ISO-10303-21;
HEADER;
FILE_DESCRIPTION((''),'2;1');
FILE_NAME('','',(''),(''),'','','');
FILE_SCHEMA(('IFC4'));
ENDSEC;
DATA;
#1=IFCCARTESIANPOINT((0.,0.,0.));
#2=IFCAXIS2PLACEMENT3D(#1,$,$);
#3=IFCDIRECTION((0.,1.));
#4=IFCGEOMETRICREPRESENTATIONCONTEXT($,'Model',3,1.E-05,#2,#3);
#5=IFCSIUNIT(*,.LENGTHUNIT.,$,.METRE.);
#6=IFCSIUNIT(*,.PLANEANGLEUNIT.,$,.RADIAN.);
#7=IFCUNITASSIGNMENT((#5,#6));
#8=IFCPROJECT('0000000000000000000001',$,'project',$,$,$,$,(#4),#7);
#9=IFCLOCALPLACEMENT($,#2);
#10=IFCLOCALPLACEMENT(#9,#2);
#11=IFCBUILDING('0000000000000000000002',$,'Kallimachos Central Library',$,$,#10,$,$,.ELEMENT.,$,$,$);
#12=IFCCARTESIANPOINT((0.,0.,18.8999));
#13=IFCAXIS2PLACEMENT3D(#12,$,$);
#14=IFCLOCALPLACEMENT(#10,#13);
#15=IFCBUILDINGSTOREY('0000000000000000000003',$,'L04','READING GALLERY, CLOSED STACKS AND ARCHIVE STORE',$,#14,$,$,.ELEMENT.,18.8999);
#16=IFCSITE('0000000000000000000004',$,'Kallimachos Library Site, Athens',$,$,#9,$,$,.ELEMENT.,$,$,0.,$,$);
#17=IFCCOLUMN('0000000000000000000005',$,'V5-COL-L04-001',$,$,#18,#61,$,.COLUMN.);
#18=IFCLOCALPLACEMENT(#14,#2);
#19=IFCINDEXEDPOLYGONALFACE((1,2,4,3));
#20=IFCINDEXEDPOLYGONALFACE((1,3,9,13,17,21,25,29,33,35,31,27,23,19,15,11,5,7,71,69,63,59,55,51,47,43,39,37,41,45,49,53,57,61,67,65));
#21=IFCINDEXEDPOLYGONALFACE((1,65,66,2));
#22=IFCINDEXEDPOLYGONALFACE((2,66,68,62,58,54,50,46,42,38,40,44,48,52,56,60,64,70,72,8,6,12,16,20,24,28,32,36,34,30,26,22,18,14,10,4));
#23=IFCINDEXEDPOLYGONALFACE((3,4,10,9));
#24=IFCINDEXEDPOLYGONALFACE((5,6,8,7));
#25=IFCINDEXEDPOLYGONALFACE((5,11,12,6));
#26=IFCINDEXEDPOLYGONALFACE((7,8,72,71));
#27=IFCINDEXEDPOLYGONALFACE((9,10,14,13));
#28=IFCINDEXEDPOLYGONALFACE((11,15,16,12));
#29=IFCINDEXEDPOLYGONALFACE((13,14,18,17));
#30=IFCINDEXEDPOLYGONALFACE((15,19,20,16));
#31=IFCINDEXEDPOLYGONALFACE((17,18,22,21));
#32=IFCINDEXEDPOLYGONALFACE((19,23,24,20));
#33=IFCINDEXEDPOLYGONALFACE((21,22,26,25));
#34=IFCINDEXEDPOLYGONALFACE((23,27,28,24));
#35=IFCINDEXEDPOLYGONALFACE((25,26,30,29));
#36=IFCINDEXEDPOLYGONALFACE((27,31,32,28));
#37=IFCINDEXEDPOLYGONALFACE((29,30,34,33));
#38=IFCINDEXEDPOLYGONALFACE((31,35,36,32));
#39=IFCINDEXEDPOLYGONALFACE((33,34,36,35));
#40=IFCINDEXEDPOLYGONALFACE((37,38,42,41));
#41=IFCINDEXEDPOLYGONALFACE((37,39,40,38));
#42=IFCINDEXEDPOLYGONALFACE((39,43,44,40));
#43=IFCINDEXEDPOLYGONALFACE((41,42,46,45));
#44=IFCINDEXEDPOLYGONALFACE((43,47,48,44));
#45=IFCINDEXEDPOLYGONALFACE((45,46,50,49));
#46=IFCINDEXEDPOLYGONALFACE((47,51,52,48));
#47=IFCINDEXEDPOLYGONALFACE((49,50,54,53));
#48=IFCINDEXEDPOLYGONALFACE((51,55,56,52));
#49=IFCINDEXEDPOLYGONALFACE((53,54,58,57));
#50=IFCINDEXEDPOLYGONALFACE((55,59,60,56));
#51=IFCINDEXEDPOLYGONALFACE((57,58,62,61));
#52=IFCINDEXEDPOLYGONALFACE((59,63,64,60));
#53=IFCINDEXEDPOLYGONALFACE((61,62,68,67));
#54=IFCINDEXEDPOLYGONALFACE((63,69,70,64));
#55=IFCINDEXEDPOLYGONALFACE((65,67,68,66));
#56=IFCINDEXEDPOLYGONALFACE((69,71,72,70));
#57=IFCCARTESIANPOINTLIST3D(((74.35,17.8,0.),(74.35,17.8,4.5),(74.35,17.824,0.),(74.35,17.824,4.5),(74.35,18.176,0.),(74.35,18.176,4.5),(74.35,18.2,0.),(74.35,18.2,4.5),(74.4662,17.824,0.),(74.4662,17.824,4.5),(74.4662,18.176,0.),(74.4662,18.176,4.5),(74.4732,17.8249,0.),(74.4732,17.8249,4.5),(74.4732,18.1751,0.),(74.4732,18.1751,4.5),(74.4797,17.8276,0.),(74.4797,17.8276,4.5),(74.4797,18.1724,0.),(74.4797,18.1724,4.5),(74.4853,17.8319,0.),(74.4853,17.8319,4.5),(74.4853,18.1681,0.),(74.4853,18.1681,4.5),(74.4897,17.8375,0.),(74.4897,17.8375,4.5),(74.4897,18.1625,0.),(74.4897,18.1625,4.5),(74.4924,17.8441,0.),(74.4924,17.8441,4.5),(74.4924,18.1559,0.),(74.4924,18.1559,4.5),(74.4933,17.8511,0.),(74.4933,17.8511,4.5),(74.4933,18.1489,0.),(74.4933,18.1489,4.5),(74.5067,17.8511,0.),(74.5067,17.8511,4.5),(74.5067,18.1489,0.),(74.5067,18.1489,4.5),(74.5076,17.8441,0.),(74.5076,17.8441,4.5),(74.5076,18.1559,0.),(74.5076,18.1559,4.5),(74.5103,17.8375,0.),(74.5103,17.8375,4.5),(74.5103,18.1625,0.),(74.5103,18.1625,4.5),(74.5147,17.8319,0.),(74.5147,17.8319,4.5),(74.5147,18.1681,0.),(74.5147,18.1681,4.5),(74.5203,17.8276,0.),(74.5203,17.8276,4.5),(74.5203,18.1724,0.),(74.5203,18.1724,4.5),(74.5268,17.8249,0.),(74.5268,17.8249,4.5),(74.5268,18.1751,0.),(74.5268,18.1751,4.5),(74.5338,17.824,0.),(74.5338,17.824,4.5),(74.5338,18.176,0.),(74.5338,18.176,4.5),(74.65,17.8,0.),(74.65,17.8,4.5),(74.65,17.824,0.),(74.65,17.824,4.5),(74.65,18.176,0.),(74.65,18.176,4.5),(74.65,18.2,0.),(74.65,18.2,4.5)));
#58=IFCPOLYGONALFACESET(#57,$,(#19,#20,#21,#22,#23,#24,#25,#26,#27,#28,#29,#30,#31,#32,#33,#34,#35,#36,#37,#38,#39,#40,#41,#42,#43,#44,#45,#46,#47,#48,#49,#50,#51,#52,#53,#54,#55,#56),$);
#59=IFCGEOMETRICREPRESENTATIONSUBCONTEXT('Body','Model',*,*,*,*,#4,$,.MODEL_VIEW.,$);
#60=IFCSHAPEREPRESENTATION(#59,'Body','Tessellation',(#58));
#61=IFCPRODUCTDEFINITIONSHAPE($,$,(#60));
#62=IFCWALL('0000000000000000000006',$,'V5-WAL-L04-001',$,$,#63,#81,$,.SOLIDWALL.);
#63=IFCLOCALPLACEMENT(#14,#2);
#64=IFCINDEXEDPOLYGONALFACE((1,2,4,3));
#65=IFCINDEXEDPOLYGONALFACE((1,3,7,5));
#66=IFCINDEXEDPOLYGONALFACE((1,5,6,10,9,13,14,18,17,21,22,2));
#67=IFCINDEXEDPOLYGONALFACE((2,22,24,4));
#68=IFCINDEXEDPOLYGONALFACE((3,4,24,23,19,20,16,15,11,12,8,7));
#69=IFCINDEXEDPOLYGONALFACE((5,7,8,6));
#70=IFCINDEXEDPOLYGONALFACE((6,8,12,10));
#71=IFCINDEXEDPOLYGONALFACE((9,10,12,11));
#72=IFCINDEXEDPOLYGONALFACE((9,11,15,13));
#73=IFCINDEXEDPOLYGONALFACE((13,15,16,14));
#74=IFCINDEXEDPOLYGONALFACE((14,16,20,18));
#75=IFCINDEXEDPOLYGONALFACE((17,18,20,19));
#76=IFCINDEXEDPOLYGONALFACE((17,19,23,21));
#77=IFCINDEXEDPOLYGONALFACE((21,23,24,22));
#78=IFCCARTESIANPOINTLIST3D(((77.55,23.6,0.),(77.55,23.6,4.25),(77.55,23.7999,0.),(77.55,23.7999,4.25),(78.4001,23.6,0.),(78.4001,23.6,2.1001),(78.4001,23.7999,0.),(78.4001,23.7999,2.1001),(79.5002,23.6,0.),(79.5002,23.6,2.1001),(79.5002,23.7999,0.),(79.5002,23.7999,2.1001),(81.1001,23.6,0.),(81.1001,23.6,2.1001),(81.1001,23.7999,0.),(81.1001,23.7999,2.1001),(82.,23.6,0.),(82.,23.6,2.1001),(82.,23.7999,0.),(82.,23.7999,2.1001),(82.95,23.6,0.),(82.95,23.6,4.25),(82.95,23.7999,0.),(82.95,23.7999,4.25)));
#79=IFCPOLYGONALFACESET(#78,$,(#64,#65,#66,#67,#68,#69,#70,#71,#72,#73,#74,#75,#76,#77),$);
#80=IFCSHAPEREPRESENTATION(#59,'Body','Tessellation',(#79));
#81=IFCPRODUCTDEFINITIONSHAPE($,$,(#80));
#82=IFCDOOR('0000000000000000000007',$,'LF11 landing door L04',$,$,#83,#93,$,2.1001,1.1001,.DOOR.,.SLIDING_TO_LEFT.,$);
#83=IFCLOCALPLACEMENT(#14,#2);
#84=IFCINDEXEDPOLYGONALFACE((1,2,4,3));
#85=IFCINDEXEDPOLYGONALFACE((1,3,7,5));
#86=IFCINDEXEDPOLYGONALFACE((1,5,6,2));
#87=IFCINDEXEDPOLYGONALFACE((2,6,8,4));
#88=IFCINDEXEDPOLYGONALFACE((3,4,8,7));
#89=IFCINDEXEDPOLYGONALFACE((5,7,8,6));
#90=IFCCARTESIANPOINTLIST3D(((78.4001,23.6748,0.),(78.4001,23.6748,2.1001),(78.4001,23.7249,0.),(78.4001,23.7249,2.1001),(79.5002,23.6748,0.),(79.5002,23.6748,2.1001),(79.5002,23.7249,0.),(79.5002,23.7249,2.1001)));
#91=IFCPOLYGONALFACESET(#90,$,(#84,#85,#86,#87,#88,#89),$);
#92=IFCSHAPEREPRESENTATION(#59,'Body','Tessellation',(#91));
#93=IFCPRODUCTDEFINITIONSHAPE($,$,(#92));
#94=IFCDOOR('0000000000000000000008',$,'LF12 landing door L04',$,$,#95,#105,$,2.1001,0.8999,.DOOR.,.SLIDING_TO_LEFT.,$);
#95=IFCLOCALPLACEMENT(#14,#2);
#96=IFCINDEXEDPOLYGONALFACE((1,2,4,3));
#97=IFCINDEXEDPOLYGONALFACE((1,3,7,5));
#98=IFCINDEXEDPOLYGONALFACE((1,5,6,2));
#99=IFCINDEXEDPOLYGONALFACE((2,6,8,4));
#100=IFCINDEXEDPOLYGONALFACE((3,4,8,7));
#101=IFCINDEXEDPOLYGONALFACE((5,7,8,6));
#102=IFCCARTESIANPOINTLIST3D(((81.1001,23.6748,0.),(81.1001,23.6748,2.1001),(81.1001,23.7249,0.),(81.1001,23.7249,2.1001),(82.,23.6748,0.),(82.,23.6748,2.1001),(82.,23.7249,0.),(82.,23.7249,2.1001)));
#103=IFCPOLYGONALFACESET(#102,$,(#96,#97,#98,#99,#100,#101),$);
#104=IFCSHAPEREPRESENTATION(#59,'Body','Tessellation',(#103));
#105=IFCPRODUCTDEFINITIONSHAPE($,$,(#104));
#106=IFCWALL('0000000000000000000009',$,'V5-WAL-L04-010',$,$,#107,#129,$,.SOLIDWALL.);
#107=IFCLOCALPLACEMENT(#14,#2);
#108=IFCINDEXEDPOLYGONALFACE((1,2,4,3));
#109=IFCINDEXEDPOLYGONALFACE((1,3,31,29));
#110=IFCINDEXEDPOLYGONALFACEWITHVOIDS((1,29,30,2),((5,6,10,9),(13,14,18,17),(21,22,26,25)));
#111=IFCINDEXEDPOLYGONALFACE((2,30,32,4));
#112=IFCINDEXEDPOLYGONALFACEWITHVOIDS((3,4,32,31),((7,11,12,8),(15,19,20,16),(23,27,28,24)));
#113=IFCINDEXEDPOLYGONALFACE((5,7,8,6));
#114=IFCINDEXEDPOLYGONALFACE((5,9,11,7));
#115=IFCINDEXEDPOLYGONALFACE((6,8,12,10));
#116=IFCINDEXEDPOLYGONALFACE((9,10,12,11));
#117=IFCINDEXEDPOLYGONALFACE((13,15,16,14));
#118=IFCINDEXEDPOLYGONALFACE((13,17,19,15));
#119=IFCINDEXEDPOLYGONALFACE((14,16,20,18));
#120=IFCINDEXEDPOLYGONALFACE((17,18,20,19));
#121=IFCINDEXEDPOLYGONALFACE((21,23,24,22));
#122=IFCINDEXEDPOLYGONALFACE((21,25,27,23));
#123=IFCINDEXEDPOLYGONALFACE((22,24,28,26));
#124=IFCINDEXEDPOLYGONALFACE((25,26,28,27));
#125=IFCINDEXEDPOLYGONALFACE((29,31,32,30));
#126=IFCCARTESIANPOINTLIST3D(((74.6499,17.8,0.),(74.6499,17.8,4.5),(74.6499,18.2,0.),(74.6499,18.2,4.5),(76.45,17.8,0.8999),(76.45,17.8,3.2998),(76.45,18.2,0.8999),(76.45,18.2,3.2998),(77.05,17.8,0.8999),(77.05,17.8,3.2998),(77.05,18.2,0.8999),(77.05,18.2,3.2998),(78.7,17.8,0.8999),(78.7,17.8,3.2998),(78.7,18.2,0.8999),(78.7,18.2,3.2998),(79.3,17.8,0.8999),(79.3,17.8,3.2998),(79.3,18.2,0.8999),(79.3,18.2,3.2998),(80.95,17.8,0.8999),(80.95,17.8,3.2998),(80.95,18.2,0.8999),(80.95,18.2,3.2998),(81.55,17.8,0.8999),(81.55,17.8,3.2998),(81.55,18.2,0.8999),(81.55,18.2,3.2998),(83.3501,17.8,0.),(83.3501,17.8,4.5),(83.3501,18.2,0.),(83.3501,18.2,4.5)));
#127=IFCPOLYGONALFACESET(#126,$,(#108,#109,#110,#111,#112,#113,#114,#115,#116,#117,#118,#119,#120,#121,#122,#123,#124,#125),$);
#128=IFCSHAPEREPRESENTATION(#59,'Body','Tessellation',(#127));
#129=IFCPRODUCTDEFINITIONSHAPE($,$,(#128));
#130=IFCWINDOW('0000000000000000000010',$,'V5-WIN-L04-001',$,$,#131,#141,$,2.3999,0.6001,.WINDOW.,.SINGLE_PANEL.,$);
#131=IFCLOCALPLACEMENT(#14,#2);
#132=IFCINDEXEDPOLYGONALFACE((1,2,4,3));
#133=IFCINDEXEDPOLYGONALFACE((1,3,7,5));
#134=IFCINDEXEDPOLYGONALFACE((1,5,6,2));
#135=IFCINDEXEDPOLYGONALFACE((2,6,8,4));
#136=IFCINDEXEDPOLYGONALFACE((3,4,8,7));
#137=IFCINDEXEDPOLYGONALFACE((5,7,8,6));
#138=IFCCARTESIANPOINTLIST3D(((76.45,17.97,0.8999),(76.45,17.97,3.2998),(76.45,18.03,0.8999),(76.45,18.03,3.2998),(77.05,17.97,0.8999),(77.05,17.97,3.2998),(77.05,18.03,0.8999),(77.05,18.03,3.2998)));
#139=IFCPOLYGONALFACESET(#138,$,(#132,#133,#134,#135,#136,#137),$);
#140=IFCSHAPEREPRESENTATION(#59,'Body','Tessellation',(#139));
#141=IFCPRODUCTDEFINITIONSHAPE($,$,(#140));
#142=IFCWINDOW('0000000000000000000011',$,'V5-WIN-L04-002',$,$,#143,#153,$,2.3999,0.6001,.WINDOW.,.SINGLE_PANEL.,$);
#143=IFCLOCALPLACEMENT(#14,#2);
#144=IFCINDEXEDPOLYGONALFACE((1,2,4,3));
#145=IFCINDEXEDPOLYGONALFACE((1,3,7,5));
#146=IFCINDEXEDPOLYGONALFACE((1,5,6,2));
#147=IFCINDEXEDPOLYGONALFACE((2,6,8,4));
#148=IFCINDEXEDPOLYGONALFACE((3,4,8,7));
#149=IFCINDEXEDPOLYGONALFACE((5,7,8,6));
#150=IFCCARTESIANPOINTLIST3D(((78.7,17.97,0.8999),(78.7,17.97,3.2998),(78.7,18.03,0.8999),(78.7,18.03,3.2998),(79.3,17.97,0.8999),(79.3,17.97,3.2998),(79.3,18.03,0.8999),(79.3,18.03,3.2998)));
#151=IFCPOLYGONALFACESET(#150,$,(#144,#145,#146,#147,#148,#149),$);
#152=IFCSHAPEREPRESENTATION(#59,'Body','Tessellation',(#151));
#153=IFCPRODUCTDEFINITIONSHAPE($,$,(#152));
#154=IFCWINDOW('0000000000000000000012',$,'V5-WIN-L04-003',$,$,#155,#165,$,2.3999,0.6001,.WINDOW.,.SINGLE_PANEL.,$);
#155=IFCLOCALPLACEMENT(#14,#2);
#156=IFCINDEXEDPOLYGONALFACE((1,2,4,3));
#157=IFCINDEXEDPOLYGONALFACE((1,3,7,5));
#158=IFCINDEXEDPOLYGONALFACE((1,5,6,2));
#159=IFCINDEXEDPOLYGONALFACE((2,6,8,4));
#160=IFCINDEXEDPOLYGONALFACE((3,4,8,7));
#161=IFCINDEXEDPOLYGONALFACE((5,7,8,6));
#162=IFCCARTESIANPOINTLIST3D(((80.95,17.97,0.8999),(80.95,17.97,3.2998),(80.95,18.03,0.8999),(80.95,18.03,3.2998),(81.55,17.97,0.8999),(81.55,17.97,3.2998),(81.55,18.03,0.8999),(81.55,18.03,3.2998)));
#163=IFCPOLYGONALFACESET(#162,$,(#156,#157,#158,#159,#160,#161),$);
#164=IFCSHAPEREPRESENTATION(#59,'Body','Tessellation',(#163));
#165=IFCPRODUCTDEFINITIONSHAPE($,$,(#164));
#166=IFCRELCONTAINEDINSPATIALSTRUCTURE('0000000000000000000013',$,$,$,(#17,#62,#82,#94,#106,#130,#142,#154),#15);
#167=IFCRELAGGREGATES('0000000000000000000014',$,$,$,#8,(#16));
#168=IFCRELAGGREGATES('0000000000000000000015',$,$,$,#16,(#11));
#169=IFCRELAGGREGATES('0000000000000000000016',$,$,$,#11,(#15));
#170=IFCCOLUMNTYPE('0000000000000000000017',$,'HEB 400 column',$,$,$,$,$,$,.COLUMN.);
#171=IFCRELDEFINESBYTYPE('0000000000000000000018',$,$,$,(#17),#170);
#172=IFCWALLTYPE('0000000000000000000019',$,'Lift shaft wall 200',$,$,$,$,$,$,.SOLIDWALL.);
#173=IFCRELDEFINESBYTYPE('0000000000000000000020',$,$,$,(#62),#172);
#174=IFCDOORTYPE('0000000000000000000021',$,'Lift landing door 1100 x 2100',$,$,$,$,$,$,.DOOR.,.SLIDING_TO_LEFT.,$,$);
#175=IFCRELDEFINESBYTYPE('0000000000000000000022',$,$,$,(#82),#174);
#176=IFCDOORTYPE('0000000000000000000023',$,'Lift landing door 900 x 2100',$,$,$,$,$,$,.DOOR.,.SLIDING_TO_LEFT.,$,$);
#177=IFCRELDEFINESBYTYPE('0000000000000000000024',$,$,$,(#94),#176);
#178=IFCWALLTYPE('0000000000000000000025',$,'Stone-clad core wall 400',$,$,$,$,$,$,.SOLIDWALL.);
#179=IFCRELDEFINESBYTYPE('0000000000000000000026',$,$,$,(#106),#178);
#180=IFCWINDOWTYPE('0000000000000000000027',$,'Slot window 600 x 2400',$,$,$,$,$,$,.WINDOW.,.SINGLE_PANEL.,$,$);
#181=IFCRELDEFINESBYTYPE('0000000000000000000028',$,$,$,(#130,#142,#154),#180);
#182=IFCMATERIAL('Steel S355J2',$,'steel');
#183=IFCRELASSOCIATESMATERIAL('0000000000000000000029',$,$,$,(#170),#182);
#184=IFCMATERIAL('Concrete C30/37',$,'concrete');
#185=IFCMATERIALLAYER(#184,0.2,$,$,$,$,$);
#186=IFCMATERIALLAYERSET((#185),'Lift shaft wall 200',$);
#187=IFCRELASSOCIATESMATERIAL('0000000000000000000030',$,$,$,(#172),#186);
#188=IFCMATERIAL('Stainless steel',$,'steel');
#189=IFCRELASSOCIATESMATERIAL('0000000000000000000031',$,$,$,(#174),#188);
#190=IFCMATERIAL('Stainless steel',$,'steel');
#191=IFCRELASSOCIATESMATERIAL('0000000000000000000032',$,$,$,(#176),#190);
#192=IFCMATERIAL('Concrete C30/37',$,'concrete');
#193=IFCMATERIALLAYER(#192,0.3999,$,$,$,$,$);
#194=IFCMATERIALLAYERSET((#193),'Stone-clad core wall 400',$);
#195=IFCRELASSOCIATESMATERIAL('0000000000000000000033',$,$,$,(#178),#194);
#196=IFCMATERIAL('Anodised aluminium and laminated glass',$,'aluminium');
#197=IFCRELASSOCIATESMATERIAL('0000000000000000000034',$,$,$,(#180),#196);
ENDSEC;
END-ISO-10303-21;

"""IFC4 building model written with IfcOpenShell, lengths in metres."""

from ifc_helpers import new_model, si_unit, direction, frame, frame_2d, origin, origin_2d, place, context, subcontext, project, spatial, rectangle, i_section, extrude, material, layer, layer_set, material_profile, profile_set, type_object, element, fill, save


model = new_model("IFC4")

# Units and contexts
model_context = context("Model", 3, precision=1e-05, world=origin(), true_north=direction((0.0, 1.0)))
body_context = subcontext(model_context, "Body", "Model", "MODEL_VIEW")
ifc_project = project(units=[si_unit("LENGTHUNIT", "METRE"), si_unit("PLANEANGLEUNIT", "RADIAN")], contexts=[model_context])

# Site, building, storey
site_placement = place(None, origin())
site = spatial("IfcSite", under=ifc_project, at=site_placement, Name="Kallimachos Library Site, Athens", CompositionType="ELEMENT", RefElevation=0.0)
building_placement = place(site_placement, origin())
building = spatial("IfcBuilding", under=site, at=building_placement, Name="Kallimachos Central Library", CompositionType="ELEMENT")
storey_placement = place(building_placement, frame((0.0, 0.0, 18.8999)))
storey = spatial("IfcBuildingStorey", under=building, at=storey_placement, Name="L04", Description="READING GALLERY, CLOSED STACKS AND ARCHIVE STORE", CompositionType="ELEMENT", Elevation=18.8999)

# Column
ifc_material_1 = material(Name="Steel S355J2", Category="steel")
ifc_material_profile = material_profile(ifc_material_1, i_section(OverallWidth=0.3, OverallDepth=0.3999, WebThickness=0.0134, FlangeThickness=0.0239, FilletRadius=0.0271, at=origin_2d()), Name="HEB 400")
ifc_profile_set = profile_set([ifc_material_profile], Name="Steel S355J2")
column_type = type_object("IfcColumnType", Name="HEB 400 column", PredefinedType="COLUMN", material=ifc_profile_set)
column_placement = place(storey_placement, frame((74.5, 18.0, 0.0), z_axis=(0.0, 0.0, 1.0), x_axis=(1.0, 0.0, 0.0)))
element("IfcColumn", 1, at=column_placement, inside=storey, type_object=column_type, Name="V5-COL-L04-001", PredefinedType="COLUMN", context=body_context, shape_type="SweptSolid", body=[
    extrude(i_section(OverallWidth=0.3, OverallDepth=0.3999, WebThickness=0.0134, FlangeThickness=0.0239, FilletRadius=0.0271, at=origin_2d()), origin(), (0.0, 0.0, 1.0), 4.5),
])

# Wall, openings, doors
ifc_material_2 = material(Name="Concrete C30/37", Category="concrete")
ifc_layer_1 = layer(ifc_material_2, 0.2)
ifc_layer_set_1 = layer_set([ifc_layer_1], Name="Lift shaft wall 200")
wall_type_1 = type_object("IfcWallType", Name="Lift shaft wall 200", PredefinedType="SOLIDWALL", material=ifc_layer_set_1)
wall_1_placement = place(storey_placement, frame((77.55, 23.7, 0.0), z_axis=(0.0, 0.0, 1.0), x_axis=(1.0, 0.0, 0.0)))
wall_1 = element("IfcWall", 2, at=wall_1_placement, inside=storey, type_object=wall_type_1, Name="V5-WAL-L04-001", PredefinedType="SOLIDWALL", context=body_context, shape_type="SweptSolid", body=[
    extrude(rectangle(XDim=5.3999, YDim=0.2, at=frame_2d((2.7, 0.0))), origin(), (0.0, 0.0, 1.0), 4.25),
])
opening_1_placement = place(wall_1_placement, frame((0.8501, 0.0, 0.0)))
opening_1 = element("IfcOpeningElement", 3, at=opening_1_placement, cuts=wall_1, PredefinedType="OPENING", context=body_context, shape_type="SweptSolid", body=[
    extrude(rectangle(XDim=1.1001, YDim=2.1001, at=frame_2d((0.55, 1.05))), frame((0.0, 0.1099, 0.0), z_axis=(0.0, -1.0, 0.0), x_axis=(1.0, 0.0, 0.0)), (0.0, 0.0, 1.0), 0.22),
])
opening_2_placement = place(wall_1_placement, frame((3.55, 0.0, 0.0)))
opening_2 = element("IfcOpeningElement", 4, at=opening_2_placement, cuts=wall_1, PredefinedType="OPENING", context=body_context, shape_type="SweptSolid", body=[
    extrude(rectangle(XDim=0.8999, YDim=2.1001, at=frame_2d((0.45, 1.05))), frame((0.0, 0.1099, 0.0), z_axis=(0.0, -1.0, 0.0), x_axis=(1.0, 0.0, 0.0)), (0.0, 0.0, 1.0), 0.22),
])
ifc_material_3 = material(Name="Stainless steel", Category="steel")
door_type_1 = type_object("IfcDoorType", Name="Lift landing door 1100 x 2100", OperationType="SLIDING_TO_LEFT", PredefinedType="DOOR", material=ifc_material_3)
door_1_placement = place(opening_1_placement, origin())
door_1 = element("IfcDoor", 5, at=door_1_placement, inside=storey, type_object=door_type_1, Name="LF11 landing door L04", OperationType="SLIDING_TO_LEFT", OverallHeight=2.1001, OverallWidth=1.1001, PredefinedType="DOOR", context=body_context, shape_type="SweptSolid", body=[
    extrude(rectangle(XDim=1.1001, YDim=2.1001, at=frame_2d((0.55, 1.05))), frame((0.0, 0.0249, 0.0), z_axis=(0.0, -1.0, 0.0), x_axis=(1.0, 0.0, 0.0)), (0.0, 0.0, 1.0), 0.05),
])
fill(opening_1, door_1)
ifc_material_4 = material(Name="Stainless steel", Category="steel")
door_type_2 = type_object("IfcDoorType", Name="Lift landing door 900 x 2100", OperationType="SLIDING_TO_LEFT", PredefinedType="DOOR", material=ifc_material_4)
door_2_placement = place(opening_2_placement, origin())
door_2 = element("IfcDoor", 6, at=door_2_placement, inside=storey, type_object=door_type_2, Name="LF12 landing door L04", OperationType="SLIDING_TO_LEFT", OverallHeight=2.1001, OverallWidth=0.8999, PredefinedType="DOOR", context=body_context, shape_type="SweptSolid", body=[
    extrude(rectangle(XDim=0.8999, YDim=2.1001, at=frame_2d((0.45, 1.05))), frame((0.0, 0.0249, 0.0), z_axis=(0.0, -1.0, 0.0), x_axis=(1.0, 0.0, 0.0)), (0.0, 0.0, 1.0), 0.05),
])
fill(opening_2, door_2)

# Wall, openings, windows
ifc_material_5 = material(Name="Concrete C30/37", Category="concrete")
ifc_layer_2 = layer(ifc_material_5, 0.3999)
ifc_layer_set_2 = layer_set([ifc_layer_2], Name="Stone-clad core wall 400")
wall_type_2 = type_object("IfcWallType", Name="Stone-clad core wall 400", PredefinedType="SOLIDWALL", material=ifc_layer_set_2)
wall_2_placement = place(storey_placement, frame((74.6499, 18.0, 0.0), z_axis=(0.0, 0.0, 1.0), x_axis=(1.0, 0.0, 0.0)))
wall_2 = element("IfcWall", 7, at=wall_2_placement, inside=storey, type_object=wall_type_2, Name="V5-WAL-L04-010", PredefinedType="SOLIDWALL", context=body_context, shape_type="SweptSolid", body=[
    extrude(rectangle(XDim=8.7002, YDim=0.3999, at=frame_2d((4.3501, 0.0))), origin(), (0.0, 0.0, 1.0), 4.5),
])
opening_3_placement = place(wall_2_placement, frame((1.8, 0.0, 0.8999)))
opening_3 = element("IfcOpeningElement", 8, at=opening_3_placement, cuts=wall_2, PredefinedType="OPENING", context=body_context, shape_type="SweptSolid", body=[
    extrude(rectangle(XDim=0.6001, YDim=2.3999, at=frame_2d((0.3, 1.2))), frame((0.0, 0.21, 0.0), z_axis=(0.0, -1.0, 0.0), x_axis=(1.0, 0.0, 0.0)), (0.0, 0.0, 1.0), 0.4199),
])
opening_4_placement = place(wall_2_placement, frame((4.05, 0.0, 0.8999)))
opening_4 = element("IfcOpeningElement", 9, at=opening_4_placement, cuts=wall_2, PredefinedType="OPENING", context=body_context, shape_type="SweptSolid", body=[
    extrude(rectangle(XDim=0.6001, YDim=2.3999, at=frame_2d((0.3, 1.2))), frame((0.0, 0.21, 0.0), z_axis=(0.0, -1.0, 0.0), x_axis=(1.0, 0.0, 0.0)), (0.0, 0.0, 1.0), 0.4199),
])
opening_5_placement = place(wall_2_placement, frame((6.3, 0.0, 0.8999)))
opening_5 = element("IfcOpeningElement", 10, at=opening_5_placement, cuts=wall_2, PredefinedType="OPENING", context=body_context, shape_type="SweptSolid", body=[
    extrude(rectangle(XDim=0.6001, YDim=2.3999, at=frame_2d((0.3, 1.2))), frame((0.0, 0.21, 0.0), z_axis=(0.0, -1.0, 0.0), x_axis=(1.0, 0.0, 0.0)), (0.0, 0.0, 1.0), 0.4199),
])
ifc_material_6 = material(Name="Anodised aluminium and laminated glass", Category="aluminium")
window_type = type_object("IfcWindowType", Name="Slot window 600 x 2400", PartitioningType="SINGLE_PANEL", PredefinedType="WINDOW", material=ifc_material_6)
window_1_placement = place(opening_3_placement, origin())
window_1 = element("IfcWindow", 11, at=window_1_placement, inside=storey, type_object=window_type, Name="V5-WIN-L04-001", OverallHeight=2.3999, OverallWidth=0.6001, PartitioningType="SINGLE_PANEL", PredefinedType="WINDOW", context=body_context, shape_type="SweptSolid", body=[
    extrude(rectangle(XDim=0.6001, YDim=2.3999, at=frame_2d((0.3, 1.2))), frame((0.0, 0.03, 0.0), z_axis=(0.0, -1.0, 0.0), x_axis=(1.0, 0.0, 0.0)), (0.0, 0.0, 1.0), 0.0601),
])
fill(opening_3, window_1)
window_2_placement = place(opening_4_placement, origin())
window_2 = element("IfcWindow", 12, at=window_2_placement, inside=storey, type_object=window_type, Name="V5-WIN-L04-002", OverallHeight=2.3999, OverallWidth=0.6001, PartitioningType="SINGLE_PANEL", PredefinedType="WINDOW", context=body_context, shape_type="SweptSolid", body=[
    extrude(rectangle(XDim=0.6001, YDim=2.3999, at=frame_2d((0.3, 1.2))), frame((0.0, 0.03, 0.0), z_axis=(0.0, -1.0, 0.0), x_axis=(1.0, 0.0, 0.0)), (0.0, 0.0, 1.0), 0.0601),
])
fill(opening_4, window_2)
window_3_placement = place(opening_5_placement, origin())
window_3 = element("IfcWindow", 13, at=window_3_placement, inside=storey, type_object=window_type, Name="V5-WIN-L04-003", OverallHeight=2.3999, OverallWidth=0.6001, PartitioningType="SINGLE_PANEL", PredefinedType="WINDOW", context=body_context, shape_type="SweptSolid", body=[
    extrude(rectangle(XDim=0.6001, YDim=2.3999, at=frame_2d((0.3, 1.2))), frame((0.0, 0.03, 0.0), z_axis=(0.0, -1.0, 0.0), x_axis=(1.0, 0.0, 0.0)), (0.0, 0.0, 1.0), 0.0601),
])
fill(opening_5, window_3)

save(model, "model.ifc")
